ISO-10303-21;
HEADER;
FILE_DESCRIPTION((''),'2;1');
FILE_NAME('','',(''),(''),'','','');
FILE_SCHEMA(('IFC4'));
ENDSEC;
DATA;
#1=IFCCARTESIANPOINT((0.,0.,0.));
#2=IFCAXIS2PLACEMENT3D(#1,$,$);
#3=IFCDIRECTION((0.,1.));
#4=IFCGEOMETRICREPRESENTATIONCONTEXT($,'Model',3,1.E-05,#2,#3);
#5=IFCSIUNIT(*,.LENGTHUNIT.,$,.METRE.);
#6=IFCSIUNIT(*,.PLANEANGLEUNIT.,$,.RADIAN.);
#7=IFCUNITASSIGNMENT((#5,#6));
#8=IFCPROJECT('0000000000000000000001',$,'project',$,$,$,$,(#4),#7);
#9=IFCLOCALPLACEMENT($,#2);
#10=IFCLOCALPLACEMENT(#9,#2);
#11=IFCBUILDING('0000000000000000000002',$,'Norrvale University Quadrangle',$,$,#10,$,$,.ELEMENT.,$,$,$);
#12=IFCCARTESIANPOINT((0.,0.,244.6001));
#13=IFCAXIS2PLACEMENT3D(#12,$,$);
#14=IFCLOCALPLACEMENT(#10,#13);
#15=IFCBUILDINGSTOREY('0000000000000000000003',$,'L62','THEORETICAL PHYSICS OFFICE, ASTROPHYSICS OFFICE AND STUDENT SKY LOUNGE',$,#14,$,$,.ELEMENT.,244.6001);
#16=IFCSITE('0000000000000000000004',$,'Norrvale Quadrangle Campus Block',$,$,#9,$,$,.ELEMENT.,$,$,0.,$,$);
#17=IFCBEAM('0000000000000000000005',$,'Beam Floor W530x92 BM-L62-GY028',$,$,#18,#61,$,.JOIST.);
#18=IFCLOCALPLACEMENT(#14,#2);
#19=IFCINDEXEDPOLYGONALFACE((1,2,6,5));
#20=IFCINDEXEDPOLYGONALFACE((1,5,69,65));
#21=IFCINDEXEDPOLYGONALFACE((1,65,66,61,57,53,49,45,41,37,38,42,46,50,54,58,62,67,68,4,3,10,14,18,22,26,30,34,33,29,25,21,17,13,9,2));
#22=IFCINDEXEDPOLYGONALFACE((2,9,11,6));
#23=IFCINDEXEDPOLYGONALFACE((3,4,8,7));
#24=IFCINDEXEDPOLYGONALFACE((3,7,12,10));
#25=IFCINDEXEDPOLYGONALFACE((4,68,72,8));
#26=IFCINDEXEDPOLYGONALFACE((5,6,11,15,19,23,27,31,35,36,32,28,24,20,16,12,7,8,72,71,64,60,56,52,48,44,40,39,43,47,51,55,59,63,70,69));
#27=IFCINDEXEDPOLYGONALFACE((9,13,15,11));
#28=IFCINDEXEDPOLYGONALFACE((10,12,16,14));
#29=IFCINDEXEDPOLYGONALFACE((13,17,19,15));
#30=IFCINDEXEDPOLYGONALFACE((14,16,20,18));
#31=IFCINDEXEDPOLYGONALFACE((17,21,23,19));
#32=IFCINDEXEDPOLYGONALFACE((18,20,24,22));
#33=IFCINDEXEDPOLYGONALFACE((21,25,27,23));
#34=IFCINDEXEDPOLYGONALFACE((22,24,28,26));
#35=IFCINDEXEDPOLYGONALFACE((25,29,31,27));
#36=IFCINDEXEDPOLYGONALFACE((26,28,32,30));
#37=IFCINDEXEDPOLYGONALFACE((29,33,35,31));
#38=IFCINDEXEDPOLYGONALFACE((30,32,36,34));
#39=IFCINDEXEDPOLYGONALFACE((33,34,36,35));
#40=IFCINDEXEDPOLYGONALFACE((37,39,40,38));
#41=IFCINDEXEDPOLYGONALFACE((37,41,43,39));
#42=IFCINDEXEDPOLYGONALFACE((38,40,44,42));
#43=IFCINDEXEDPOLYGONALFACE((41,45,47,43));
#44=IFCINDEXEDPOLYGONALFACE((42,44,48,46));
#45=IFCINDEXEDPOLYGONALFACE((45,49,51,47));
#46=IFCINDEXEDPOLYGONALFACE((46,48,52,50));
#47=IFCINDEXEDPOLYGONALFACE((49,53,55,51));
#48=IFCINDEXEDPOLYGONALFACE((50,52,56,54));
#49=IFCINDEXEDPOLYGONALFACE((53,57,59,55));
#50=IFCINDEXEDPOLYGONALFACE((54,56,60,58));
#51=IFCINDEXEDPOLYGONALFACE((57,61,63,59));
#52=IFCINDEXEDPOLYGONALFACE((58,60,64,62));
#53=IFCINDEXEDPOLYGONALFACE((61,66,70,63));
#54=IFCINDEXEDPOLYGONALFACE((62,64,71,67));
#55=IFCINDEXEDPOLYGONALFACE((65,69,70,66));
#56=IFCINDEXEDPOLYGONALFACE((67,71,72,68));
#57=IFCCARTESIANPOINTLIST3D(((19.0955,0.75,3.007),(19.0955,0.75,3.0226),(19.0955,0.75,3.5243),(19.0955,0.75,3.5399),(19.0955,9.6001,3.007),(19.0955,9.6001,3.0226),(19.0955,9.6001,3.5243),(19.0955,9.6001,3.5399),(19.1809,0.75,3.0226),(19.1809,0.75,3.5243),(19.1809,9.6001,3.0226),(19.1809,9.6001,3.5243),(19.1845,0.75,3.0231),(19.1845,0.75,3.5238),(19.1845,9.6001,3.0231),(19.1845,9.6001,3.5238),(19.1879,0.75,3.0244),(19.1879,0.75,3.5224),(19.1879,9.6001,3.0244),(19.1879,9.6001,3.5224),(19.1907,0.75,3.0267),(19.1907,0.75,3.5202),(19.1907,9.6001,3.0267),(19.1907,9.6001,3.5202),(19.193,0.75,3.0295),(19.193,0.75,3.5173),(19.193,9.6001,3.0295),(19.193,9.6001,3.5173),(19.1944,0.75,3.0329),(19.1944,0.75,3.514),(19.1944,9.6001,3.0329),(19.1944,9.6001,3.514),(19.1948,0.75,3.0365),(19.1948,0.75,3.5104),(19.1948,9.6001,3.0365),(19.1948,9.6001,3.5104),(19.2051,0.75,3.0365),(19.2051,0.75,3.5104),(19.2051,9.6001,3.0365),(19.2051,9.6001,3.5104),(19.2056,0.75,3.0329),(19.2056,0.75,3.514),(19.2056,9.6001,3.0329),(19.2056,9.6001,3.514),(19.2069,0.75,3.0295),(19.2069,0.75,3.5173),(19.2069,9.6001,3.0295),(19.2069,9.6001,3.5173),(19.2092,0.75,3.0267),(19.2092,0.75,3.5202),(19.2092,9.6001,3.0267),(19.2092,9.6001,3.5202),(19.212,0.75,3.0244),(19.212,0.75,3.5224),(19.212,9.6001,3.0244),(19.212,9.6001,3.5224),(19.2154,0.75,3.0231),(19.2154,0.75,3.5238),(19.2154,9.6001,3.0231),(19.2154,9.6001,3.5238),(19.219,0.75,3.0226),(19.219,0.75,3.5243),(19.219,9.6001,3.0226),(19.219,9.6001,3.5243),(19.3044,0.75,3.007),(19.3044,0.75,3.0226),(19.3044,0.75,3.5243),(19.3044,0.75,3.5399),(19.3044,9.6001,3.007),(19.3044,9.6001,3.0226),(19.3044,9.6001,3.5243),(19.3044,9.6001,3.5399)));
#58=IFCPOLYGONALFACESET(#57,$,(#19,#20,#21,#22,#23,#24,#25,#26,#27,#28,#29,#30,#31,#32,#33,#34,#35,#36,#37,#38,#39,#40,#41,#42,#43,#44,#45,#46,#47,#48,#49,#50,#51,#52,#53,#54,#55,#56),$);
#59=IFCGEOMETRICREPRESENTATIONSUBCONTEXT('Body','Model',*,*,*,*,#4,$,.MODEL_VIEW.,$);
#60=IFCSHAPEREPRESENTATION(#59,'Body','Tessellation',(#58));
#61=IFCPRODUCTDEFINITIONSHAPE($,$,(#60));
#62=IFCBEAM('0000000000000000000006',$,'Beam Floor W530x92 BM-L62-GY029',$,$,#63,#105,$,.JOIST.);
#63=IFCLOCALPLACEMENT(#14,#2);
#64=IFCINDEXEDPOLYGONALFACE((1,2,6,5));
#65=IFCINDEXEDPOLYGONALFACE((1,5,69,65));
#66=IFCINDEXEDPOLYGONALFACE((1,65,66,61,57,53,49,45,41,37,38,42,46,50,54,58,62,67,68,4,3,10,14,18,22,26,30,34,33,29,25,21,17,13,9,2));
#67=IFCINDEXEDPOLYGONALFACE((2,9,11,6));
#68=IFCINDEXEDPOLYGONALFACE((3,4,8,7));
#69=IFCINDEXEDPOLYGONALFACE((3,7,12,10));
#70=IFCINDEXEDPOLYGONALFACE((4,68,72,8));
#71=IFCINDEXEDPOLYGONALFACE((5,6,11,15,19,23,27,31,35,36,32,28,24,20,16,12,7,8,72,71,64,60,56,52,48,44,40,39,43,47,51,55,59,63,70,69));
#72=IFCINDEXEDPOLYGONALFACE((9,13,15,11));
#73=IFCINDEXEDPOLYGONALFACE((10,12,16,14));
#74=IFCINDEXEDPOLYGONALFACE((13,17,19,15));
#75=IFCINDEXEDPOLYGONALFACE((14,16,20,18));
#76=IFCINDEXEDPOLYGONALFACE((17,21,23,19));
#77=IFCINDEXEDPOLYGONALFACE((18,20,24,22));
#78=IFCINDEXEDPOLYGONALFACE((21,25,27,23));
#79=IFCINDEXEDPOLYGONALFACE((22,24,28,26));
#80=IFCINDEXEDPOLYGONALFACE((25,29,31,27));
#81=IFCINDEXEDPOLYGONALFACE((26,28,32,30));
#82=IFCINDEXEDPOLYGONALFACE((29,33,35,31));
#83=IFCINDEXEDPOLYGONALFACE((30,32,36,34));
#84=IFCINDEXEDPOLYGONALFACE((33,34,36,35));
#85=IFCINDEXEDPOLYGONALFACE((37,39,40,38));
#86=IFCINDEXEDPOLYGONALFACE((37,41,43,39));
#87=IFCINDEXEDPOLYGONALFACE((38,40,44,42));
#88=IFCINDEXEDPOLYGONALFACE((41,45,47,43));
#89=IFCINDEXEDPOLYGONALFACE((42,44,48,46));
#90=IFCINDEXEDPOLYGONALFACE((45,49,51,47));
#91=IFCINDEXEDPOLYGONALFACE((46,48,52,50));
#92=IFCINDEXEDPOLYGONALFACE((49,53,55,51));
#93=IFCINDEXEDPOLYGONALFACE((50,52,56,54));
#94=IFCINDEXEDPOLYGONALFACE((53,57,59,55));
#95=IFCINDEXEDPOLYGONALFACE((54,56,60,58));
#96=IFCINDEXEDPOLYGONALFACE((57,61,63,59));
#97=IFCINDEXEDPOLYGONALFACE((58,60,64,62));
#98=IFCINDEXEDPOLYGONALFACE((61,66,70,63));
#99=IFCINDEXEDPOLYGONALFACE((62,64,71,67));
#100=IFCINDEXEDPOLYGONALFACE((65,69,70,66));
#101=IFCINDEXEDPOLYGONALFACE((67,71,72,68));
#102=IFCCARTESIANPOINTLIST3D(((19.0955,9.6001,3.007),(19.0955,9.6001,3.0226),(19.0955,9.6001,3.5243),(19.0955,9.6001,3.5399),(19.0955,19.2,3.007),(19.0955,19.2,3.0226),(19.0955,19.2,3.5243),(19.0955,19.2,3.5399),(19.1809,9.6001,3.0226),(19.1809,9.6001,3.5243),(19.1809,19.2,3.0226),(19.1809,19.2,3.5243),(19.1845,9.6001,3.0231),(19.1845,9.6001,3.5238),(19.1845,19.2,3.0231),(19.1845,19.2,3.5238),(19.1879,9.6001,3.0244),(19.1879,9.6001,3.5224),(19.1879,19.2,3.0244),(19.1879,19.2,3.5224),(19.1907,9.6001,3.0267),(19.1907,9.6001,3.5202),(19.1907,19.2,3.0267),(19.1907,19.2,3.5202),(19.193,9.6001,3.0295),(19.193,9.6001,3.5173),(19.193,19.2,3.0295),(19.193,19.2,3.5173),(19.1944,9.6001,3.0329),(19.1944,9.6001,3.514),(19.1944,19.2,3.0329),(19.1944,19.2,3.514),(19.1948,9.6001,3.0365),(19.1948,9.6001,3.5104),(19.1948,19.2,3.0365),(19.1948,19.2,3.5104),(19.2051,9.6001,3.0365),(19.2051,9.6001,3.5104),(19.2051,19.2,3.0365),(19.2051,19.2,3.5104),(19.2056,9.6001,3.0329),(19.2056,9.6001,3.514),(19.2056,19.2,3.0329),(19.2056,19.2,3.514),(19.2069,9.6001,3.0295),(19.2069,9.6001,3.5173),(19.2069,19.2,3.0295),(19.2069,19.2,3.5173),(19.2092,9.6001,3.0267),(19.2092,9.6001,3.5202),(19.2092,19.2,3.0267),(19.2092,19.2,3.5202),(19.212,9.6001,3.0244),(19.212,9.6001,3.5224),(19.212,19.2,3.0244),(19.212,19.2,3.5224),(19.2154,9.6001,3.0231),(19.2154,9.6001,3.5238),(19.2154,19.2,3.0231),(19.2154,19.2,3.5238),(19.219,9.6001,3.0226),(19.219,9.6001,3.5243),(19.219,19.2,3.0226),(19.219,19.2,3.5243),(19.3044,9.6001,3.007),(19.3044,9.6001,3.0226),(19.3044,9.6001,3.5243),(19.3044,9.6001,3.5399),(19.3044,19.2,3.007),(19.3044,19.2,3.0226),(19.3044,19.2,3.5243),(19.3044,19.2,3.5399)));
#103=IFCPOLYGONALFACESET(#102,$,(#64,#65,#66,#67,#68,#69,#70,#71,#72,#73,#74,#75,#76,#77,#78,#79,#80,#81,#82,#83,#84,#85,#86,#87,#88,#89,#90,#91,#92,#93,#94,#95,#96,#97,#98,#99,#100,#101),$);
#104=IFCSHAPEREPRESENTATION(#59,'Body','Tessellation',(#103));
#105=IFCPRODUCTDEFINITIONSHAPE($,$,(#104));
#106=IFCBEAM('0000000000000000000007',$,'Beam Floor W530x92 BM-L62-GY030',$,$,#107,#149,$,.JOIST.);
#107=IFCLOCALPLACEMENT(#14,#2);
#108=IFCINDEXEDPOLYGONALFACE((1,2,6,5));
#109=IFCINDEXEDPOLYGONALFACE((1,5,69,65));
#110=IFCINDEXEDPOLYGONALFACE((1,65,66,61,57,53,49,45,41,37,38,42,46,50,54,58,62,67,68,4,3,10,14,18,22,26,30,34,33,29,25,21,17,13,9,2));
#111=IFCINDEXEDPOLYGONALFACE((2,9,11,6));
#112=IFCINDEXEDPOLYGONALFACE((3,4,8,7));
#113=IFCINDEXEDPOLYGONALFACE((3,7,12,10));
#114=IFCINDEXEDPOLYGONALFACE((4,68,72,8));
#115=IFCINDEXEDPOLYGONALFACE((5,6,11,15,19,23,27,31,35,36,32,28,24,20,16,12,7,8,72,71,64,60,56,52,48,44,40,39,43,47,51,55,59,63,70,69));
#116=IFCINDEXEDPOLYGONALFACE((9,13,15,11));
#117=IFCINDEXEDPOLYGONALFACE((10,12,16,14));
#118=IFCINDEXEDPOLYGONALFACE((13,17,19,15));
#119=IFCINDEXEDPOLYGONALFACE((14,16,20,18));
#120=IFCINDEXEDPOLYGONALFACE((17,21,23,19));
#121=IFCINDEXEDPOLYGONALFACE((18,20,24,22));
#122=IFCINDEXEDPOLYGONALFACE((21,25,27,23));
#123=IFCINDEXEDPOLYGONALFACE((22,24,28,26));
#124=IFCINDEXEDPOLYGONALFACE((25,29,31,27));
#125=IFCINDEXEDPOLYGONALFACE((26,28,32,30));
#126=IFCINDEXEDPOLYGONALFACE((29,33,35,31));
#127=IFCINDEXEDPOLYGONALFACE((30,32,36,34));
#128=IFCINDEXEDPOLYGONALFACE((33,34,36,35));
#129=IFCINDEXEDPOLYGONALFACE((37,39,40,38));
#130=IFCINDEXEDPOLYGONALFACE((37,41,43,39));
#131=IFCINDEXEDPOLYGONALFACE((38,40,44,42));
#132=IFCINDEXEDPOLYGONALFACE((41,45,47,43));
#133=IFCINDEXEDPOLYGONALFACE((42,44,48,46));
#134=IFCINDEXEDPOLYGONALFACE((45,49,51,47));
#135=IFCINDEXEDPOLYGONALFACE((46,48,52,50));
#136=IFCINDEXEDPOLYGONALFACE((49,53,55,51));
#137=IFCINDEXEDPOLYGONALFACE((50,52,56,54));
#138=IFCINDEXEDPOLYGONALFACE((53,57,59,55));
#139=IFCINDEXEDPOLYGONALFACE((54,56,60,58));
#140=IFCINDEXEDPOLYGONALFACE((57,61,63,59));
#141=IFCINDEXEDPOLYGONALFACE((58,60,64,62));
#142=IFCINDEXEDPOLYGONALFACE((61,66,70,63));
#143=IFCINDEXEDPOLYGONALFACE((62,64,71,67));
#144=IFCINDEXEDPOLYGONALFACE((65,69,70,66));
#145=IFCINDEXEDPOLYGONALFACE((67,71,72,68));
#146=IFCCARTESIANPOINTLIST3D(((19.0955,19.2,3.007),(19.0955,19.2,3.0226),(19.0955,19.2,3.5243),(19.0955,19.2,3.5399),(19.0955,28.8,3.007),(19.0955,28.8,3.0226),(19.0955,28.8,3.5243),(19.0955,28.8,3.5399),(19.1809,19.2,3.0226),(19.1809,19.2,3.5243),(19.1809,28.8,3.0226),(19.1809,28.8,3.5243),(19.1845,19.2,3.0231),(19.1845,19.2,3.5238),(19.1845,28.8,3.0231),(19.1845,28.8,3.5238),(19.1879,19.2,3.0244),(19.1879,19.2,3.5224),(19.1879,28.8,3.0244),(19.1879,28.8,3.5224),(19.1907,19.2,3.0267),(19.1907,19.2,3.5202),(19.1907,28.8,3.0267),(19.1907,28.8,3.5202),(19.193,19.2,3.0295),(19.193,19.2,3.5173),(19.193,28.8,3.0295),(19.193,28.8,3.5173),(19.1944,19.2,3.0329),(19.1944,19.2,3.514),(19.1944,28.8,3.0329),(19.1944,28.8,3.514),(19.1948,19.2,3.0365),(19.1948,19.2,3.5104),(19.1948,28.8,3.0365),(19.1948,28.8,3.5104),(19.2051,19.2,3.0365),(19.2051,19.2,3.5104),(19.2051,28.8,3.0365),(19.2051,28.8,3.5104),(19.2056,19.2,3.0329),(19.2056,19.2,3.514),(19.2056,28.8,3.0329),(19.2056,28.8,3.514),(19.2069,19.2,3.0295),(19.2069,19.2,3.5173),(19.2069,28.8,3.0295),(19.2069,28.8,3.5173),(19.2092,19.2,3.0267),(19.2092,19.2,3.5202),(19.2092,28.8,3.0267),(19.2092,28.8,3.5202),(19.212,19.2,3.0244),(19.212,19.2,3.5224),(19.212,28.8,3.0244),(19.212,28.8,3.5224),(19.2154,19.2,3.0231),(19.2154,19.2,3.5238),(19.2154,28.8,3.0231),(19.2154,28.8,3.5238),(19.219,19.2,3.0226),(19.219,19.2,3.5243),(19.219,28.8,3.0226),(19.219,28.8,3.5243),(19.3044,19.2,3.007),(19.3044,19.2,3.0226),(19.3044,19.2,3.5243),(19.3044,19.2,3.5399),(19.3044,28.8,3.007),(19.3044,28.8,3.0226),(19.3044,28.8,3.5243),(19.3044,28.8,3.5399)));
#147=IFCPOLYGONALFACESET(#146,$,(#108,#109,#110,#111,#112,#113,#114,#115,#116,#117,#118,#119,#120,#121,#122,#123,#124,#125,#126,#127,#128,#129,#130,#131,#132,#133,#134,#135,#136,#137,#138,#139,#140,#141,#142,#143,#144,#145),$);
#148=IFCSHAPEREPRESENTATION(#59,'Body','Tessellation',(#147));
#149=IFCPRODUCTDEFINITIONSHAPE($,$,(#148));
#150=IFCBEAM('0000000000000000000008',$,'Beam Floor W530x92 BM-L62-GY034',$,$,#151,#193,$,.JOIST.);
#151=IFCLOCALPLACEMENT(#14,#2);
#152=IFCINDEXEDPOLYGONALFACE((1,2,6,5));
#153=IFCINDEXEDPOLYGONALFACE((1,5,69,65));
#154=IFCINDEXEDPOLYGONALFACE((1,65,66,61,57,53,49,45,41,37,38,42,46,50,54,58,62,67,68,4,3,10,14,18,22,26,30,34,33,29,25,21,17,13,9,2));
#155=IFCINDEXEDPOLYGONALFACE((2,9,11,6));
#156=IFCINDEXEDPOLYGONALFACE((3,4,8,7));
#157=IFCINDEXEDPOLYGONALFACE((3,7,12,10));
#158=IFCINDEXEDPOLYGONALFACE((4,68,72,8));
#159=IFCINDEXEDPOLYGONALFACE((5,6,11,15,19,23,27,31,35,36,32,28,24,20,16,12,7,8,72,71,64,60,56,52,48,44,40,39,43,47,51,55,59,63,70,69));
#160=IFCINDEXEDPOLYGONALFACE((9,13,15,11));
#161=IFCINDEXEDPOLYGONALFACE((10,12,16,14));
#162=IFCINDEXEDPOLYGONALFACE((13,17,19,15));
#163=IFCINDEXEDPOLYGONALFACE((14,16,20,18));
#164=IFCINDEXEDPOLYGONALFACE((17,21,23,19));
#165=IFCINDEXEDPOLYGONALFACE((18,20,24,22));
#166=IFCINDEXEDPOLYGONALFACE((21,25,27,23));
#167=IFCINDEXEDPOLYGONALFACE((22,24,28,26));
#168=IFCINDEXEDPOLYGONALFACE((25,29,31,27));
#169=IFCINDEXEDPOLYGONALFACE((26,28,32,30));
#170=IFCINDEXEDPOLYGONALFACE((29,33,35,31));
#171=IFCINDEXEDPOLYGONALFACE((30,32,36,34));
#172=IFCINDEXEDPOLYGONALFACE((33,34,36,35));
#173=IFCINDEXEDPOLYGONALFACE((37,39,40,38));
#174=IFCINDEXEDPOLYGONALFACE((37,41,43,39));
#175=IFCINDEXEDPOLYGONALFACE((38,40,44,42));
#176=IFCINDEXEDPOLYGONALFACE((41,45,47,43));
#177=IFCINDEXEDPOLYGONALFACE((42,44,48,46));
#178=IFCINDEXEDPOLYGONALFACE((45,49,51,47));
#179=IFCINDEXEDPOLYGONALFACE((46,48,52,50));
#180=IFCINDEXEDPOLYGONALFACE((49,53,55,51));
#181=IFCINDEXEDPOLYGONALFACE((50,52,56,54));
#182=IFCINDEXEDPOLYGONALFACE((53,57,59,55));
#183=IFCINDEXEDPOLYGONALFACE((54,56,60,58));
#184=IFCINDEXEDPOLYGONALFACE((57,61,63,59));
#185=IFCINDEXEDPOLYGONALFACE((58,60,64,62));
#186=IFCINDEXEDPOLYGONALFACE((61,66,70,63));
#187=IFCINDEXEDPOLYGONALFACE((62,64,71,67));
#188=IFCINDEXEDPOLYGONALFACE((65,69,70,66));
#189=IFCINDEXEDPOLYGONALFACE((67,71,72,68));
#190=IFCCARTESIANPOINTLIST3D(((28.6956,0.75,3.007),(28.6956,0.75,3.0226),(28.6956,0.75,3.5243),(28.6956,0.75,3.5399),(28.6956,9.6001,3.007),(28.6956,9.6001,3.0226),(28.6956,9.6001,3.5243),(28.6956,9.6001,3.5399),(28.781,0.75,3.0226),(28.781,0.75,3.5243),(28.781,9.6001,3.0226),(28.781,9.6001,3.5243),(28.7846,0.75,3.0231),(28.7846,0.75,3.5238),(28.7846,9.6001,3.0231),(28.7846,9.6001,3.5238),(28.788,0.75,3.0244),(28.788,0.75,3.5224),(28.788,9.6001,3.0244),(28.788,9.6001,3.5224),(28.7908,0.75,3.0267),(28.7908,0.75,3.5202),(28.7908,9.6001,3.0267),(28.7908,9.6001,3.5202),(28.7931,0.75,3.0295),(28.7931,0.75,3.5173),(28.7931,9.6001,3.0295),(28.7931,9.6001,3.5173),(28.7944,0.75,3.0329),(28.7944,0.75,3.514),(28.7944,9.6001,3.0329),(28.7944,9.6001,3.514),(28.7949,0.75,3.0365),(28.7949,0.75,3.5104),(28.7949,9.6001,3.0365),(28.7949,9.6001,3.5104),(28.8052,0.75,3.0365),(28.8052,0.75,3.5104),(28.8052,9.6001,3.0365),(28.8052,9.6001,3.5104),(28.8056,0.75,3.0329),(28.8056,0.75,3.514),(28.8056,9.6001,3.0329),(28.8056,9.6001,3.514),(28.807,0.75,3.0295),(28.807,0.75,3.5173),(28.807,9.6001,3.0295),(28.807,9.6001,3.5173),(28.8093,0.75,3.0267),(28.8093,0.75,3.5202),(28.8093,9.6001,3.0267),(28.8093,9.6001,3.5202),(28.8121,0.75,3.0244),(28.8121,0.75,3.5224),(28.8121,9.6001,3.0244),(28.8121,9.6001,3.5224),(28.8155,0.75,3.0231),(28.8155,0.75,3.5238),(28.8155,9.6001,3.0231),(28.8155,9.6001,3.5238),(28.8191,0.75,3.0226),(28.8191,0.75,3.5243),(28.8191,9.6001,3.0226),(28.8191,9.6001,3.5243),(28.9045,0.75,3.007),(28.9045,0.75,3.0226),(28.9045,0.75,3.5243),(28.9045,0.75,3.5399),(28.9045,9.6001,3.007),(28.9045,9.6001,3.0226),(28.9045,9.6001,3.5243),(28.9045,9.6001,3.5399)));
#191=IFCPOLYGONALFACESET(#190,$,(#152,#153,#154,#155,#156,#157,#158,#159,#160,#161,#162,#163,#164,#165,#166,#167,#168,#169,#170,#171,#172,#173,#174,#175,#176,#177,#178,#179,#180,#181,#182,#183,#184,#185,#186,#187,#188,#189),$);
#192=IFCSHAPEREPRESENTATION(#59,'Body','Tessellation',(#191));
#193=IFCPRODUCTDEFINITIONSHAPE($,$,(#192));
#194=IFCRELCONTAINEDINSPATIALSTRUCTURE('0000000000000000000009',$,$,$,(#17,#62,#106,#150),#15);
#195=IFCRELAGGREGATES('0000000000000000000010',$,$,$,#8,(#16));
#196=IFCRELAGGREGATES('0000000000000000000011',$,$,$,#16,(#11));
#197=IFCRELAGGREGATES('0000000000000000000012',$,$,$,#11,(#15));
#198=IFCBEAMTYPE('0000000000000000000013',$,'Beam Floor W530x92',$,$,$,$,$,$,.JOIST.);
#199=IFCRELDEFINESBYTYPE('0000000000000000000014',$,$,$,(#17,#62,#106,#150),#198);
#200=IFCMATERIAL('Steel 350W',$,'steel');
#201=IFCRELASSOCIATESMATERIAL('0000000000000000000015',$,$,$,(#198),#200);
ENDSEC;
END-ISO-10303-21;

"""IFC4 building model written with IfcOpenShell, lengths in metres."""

from ifc_helpers import new_model, si_unit, direction, frame, origin, origin_2d, place, context, subcontext, project, spatial, i_section, extrude, material, material_profile, profile_set, type_object, element, save


model = new_model("IFC4")

# Units and contexts
model_context = context("Model", 3, precision=1e-05, world=origin(), true_north=direction((0.0, 1.0)))
body_context = subcontext(model_context, "Body", "Model", "MODEL_VIEW")
ifc_project = project(units=[si_unit("LENGTHUNIT", "METRE"), si_unit("PLANEANGLEUNIT", "RADIAN")], contexts=[model_context])

# Site, building, storey
site_placement = place(None, origin())
site = spatial("IfcSite", under=ifc_project, at=site_placement, Name="Norrvale Quadrangle Campus Block", CompositionType="ELEMENT", RefElevation=0.0)
building_placement = place(site_placement, origin())
building = spatial("IfcBuilding", under=site, at=building_placement, Name="Norrvale University Quadrangle", CompositionType="ELEMENT")
storey_placement = place(building_placement, frame((0.0, 0.0, 244.6001)))
storey = spatial("IfcBuildingStorey", under=building, at=storey_placement, Name="L62", Description="THEORETICAL PHYSICS OFFICE, ASTROPHYSICS OFFICE AND STUDENT SKY LOUNGE", CompositionType="ELEMENT", Elevation=244.6001)

# Beams
ifc_material_1 = material(Name="Steel 350W", Category="steel")
ifc_material_profile_1 = material_profile(ifc_material_1, i_section(OverallWidth=0.209, OverallDepth=0.533, WebThickness=0.0103, FlangeThickness=0.0156, FilletRadius=0.0139, at=origin_2d()), Name="Steel 350W")
ifc_profile_set_1 = profile_set([ifc_material_profile_1], Name="Steel 350W")
beam_type_1 = type_object("IfcBeamType", Name="Beam Floor W530x92", PredefinedType="JOIST", material=ifc_profile_set_1)
beam_1_placement = place(storey_placement, frame((19.2, 0.75, 3.2734), z_axis=(0.0, 1.0, 0.0), x_axis=(-1.0, 0.0, 0.0)))
element("IfcBeam", 1, at=beam_1_placement, inside=storey, type_object=beam_type_1, Name="Beam Floor W530x92 BM-L62-GY028", PredefinedType="JOIST", context=body_context, shape_type="SweptSolid", body=[
    extrude(i_section(OverallWidth=0.209, OverallDepth=0.533, WebThickness=0.0103, FlangeThickness=0.0156, FilletRadius=0.0139, at=origin_2d()), origin(), (0.0, 0.0, 1.0), 8.8501),
])
beam_2_placement = place(storey_placement, frame((19.2, 9.6001, 3.2734), z_axis=(0.0, 1.0, 0.0), x_axis=(-1.0, 0.0, 0.0)))
element("IfcBeam", 2, at=beam_2_placement, inside=storey, type_object=beam_type_1, Name="Beam Floor W530x92 BM-L62-GY029", PredefinedType="JOIST", context=body_context, shape_type="SweptSolid", body=[
    extrude(i_section(OverallWidth=0.209, OverallDepth=0.533, WebThickness=0.0103, FlangeThickness=0.0156, FilletRadius=0.0139, at=origin_2d()), origin(), (0.0, 0.0, 1.0), 9.5999),
])
beam_3_placement = place(storey_placement, frame((19.2, 19.2, 3.2734), z_axis=(0.0, 1.0, 0.0), x_axis=(-1.0, 0.0, 0.0)))
element("IfcBeam", 3, at=beam_3_placement, inside=storey, type_object=beam_type_1, Name="Beam Floor W530x92 BM-L62-GY030", PredefinedType="JOIST", context=body_context, shape_type="SweptSolid", body=[
    extrude(i_section(OverallWidth=0.209, OverallDepth=0.533, WebThickness=0.0103, FlangeThickness=0.0156, FilletRadius=0.0139, at=origin_2d()), origin(), (0.0, 0.0, 1.0), 9.6001),
])
beam_4_placement = place(storey_placement, frame((28.8, 0.75, 3.2734), z_axis=(0.0, 1.0, 0.0), x_axis=(-1.0, 0.0, 0.0)))
element("IfcBeam", 4, at=beam_4_placement, inside=storey, type_object=beam_type_1, Name="Beam Floor W530x92 BM-L62-GY034", PredefinedType="JOIST", context=body_context, shape_type="SweptSolid", body=[
    extrude(i_section(OverallWidth=0.209, OverallDepth=0.533, WebThickness=0.0103, FlangeThickness=0.0156, FilletRadius=0.0139, at=origin_2d()), origin(), (0.0, 0.0, 1.0), 8.8501),
])

save(model, "model.ifc")
